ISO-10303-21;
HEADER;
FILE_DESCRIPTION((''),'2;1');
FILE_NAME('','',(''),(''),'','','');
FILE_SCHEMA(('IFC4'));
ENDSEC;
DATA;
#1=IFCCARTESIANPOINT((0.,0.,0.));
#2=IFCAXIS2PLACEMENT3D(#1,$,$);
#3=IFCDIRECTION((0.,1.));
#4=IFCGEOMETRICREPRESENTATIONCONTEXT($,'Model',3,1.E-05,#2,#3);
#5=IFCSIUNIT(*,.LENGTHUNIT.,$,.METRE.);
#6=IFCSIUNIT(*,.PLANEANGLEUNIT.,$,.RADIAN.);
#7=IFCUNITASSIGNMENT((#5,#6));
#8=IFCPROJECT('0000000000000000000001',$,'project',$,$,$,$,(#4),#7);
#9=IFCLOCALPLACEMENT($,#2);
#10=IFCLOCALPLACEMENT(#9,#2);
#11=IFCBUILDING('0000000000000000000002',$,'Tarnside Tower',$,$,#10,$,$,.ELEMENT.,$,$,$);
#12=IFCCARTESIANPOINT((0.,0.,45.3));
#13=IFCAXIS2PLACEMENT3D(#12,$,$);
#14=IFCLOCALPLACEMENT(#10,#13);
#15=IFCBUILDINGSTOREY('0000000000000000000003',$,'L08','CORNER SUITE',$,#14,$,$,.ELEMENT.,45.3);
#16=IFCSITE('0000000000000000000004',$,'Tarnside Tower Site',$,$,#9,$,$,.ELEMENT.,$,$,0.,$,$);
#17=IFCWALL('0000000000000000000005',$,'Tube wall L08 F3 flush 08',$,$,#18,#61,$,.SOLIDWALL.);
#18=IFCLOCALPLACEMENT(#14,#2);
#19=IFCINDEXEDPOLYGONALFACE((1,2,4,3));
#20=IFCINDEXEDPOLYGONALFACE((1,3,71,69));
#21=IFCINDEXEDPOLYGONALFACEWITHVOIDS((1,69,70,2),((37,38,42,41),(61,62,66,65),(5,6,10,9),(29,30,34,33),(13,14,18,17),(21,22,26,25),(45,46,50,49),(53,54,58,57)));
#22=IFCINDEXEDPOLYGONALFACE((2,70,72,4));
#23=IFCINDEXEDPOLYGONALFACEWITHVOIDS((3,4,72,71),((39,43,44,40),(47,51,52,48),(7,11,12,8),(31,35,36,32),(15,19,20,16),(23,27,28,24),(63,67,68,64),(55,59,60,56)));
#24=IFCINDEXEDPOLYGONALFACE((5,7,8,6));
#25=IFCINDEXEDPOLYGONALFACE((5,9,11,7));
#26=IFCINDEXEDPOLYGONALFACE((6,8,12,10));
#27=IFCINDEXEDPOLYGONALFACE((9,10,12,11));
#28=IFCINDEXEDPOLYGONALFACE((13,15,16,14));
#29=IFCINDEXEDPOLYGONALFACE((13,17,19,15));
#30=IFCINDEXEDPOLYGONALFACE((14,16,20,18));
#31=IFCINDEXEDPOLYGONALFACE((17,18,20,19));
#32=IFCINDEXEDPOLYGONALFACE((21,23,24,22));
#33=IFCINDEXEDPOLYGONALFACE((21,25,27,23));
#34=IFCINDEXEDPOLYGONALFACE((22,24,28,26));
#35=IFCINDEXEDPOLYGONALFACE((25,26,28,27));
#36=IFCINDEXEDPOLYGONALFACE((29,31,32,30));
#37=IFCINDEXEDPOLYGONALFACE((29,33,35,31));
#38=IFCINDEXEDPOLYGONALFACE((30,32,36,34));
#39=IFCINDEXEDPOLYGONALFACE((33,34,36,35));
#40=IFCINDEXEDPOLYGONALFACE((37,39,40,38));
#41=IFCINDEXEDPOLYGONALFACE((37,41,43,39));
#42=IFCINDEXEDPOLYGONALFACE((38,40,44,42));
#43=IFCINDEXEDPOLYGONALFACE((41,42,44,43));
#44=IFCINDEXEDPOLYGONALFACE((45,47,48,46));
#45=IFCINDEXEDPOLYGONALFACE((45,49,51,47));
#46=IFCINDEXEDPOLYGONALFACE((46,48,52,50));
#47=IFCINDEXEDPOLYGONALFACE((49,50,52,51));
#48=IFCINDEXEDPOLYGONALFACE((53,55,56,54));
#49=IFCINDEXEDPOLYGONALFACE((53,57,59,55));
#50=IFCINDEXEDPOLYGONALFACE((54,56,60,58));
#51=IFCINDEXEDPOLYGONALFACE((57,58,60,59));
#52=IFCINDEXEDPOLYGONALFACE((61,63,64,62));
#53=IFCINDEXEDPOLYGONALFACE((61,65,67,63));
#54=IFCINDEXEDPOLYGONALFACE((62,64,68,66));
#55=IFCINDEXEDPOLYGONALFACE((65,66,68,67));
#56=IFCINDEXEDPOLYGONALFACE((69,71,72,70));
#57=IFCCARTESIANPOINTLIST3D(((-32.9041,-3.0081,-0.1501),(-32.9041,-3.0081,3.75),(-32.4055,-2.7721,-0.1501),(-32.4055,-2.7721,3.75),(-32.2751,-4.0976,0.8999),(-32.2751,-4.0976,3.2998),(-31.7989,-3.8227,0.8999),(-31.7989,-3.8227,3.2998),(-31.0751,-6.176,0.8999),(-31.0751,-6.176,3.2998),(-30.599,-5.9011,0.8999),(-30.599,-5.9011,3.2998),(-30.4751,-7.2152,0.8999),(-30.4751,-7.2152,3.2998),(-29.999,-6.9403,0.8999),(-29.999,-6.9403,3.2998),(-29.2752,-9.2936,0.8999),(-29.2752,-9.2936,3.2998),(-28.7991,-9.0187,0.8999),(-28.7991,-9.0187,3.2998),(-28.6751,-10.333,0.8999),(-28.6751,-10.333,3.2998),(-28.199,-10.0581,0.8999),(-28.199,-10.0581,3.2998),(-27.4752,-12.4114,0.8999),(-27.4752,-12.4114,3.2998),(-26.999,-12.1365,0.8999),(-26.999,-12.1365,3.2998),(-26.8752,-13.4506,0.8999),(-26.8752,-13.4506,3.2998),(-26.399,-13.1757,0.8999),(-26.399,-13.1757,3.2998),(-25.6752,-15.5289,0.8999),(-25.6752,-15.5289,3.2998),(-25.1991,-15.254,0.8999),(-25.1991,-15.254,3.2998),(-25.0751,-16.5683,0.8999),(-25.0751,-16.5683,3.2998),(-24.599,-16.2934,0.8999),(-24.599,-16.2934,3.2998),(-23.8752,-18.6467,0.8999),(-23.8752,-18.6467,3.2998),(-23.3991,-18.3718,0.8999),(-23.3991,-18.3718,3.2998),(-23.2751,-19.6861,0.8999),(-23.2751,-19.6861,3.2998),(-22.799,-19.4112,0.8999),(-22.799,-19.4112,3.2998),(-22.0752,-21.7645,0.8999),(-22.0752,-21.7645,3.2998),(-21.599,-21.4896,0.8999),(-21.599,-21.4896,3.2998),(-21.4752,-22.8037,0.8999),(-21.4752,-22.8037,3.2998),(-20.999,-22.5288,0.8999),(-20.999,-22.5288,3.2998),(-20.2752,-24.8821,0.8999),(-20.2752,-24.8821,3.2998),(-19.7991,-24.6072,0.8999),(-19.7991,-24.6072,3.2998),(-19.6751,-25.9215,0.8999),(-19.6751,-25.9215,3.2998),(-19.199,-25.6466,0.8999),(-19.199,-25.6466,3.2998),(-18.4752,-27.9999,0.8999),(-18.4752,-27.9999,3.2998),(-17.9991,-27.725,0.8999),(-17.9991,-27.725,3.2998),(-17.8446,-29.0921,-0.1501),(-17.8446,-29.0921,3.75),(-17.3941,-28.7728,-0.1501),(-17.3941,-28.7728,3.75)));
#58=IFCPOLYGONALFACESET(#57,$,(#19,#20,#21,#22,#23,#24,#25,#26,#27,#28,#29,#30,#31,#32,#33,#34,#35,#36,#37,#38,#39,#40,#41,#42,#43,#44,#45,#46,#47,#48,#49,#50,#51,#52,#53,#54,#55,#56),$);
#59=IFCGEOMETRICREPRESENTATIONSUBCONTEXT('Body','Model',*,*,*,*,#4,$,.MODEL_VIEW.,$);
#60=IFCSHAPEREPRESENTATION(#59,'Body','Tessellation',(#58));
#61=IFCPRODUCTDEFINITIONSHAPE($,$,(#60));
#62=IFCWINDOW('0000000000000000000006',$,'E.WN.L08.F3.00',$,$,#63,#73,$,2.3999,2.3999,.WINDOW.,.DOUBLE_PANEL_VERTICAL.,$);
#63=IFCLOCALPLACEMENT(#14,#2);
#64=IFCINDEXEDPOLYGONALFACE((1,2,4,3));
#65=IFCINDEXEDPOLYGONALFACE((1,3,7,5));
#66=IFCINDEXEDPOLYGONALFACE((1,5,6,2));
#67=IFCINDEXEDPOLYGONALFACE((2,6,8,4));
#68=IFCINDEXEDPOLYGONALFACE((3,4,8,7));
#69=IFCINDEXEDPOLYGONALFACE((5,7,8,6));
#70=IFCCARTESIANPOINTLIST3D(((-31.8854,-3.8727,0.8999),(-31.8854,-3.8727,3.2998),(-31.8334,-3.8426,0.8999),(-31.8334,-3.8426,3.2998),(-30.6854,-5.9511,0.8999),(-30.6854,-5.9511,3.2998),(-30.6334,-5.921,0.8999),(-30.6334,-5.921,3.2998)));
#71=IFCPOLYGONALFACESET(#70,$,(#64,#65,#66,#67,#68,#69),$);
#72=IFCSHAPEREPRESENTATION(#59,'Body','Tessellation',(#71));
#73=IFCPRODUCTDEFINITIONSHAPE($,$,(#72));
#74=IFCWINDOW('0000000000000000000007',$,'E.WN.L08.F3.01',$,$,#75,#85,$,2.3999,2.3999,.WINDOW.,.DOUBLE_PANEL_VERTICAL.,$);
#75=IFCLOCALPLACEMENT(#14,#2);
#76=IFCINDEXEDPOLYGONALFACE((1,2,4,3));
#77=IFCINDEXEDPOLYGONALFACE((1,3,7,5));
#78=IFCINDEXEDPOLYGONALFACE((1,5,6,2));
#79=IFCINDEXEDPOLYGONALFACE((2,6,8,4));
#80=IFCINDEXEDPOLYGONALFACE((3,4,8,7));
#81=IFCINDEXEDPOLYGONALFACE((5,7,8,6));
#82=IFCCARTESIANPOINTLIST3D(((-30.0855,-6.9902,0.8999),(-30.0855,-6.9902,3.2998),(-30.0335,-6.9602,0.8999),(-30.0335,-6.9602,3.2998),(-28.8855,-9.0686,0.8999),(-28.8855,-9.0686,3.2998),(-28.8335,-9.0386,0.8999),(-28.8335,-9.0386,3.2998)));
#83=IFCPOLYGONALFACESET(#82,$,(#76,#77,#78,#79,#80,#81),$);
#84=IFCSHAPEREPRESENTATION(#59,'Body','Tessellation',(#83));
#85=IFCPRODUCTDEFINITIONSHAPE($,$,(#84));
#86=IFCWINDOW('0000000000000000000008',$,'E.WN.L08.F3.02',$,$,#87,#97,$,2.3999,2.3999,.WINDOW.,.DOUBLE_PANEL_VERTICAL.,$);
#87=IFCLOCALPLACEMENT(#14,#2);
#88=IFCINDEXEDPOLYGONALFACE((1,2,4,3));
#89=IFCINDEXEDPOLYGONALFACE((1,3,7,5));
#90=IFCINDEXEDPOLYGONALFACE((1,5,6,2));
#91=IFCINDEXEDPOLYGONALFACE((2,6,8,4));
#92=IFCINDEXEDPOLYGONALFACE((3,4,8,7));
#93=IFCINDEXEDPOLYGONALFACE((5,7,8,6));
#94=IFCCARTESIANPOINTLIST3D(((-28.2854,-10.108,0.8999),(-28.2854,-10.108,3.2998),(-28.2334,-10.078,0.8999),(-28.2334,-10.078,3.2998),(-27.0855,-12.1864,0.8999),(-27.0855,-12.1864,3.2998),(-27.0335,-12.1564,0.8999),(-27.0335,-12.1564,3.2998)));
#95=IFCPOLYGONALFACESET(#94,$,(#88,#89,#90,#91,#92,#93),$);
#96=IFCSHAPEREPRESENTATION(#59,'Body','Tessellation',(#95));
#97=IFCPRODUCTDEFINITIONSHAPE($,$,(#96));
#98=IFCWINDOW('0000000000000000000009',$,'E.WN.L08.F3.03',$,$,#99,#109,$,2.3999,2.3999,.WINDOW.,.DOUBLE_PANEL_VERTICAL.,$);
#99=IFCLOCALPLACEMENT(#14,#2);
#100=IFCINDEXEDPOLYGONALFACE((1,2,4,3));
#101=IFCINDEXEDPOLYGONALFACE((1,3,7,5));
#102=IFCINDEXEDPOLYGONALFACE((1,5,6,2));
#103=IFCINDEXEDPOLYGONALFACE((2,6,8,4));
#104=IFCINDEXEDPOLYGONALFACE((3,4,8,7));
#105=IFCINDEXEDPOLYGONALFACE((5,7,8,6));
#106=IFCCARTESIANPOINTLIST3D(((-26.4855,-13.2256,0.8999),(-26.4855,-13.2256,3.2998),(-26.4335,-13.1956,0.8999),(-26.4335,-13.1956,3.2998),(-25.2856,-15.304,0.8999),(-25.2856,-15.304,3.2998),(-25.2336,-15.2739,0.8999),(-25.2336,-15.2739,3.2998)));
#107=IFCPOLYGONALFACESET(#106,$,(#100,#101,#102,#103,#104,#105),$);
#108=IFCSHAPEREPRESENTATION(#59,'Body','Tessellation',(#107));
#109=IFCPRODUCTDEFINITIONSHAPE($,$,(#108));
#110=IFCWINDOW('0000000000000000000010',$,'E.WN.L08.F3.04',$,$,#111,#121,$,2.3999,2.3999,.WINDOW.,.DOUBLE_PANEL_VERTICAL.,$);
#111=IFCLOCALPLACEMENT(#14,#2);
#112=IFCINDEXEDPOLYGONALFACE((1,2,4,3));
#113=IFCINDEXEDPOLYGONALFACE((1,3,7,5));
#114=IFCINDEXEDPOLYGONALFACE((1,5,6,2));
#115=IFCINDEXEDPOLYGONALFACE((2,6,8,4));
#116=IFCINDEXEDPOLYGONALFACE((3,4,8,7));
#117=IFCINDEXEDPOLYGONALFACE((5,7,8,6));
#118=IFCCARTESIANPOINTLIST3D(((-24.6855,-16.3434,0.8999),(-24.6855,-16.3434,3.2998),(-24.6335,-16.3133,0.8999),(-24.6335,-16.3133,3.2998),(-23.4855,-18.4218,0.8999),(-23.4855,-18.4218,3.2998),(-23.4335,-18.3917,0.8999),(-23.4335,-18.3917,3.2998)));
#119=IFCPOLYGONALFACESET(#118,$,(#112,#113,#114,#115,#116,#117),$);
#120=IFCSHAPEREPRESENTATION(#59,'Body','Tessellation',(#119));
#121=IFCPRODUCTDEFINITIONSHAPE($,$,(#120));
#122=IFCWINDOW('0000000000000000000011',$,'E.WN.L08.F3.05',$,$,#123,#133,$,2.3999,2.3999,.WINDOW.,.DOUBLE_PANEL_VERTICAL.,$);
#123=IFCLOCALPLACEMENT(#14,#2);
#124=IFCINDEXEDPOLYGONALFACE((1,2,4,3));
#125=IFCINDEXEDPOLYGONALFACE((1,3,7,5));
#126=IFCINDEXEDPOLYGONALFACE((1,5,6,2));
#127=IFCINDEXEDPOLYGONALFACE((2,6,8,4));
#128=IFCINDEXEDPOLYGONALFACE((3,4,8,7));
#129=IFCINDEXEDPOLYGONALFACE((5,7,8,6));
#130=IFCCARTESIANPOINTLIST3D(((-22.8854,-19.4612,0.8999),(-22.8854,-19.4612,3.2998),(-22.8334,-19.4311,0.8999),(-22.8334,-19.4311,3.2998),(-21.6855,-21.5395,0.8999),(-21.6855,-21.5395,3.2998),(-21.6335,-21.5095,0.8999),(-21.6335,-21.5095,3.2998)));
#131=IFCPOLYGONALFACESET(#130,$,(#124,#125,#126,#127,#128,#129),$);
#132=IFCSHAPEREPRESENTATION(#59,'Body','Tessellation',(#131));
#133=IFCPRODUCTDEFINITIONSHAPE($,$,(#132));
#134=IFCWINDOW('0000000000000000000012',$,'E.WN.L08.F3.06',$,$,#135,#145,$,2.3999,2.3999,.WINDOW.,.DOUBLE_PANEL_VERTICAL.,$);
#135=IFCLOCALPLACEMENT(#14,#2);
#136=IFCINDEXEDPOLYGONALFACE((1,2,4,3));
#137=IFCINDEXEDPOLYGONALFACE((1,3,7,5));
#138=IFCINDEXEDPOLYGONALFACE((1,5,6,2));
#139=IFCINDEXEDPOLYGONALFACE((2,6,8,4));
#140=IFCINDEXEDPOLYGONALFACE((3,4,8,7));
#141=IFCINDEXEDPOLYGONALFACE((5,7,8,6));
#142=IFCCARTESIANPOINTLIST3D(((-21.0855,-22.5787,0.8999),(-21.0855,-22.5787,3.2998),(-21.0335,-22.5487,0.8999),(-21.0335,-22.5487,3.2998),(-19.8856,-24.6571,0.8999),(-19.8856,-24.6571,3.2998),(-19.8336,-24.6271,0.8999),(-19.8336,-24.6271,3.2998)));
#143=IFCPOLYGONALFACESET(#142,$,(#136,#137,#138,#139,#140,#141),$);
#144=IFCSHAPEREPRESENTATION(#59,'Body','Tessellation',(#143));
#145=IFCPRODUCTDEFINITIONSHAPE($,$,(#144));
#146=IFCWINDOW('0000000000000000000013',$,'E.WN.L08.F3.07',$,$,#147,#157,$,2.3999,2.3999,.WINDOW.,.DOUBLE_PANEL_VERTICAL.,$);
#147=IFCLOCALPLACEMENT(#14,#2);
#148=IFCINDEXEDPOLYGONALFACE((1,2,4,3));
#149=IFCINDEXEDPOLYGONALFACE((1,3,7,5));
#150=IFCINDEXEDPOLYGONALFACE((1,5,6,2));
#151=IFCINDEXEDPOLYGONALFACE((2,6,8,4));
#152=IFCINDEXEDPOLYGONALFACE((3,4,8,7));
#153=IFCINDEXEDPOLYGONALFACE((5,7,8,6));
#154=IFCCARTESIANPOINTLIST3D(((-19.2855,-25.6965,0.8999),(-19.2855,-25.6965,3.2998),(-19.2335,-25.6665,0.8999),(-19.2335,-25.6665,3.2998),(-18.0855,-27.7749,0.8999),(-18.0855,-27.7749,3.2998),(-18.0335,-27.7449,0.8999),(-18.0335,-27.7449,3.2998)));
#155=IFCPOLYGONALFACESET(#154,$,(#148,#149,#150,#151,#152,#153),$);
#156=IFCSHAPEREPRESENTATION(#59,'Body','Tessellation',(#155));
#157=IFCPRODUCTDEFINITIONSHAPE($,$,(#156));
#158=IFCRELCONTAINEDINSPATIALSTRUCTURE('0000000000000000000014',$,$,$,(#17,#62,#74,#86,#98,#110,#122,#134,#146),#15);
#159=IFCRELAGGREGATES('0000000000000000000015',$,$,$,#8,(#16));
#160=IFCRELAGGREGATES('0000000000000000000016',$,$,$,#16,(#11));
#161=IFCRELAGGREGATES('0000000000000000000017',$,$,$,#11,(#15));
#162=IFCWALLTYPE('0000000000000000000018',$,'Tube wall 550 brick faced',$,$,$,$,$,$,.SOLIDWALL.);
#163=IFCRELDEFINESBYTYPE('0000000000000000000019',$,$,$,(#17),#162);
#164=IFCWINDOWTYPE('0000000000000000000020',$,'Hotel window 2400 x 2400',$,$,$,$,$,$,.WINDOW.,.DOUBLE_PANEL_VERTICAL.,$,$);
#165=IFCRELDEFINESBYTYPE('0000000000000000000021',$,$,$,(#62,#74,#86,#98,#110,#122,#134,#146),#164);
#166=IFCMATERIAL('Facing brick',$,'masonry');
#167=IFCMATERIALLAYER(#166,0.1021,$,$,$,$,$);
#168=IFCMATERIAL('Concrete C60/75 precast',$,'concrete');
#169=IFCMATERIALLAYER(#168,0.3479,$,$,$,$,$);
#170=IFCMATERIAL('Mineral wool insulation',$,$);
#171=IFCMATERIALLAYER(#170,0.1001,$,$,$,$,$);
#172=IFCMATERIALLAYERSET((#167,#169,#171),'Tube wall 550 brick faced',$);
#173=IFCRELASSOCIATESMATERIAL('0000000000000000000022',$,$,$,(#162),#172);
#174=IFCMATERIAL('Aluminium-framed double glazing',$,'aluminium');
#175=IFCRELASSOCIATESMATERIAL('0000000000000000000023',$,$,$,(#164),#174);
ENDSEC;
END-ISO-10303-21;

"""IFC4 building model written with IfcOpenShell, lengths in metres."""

from ifc_helpers import new_model, si_unit, direction, frame, frame_2d, origin, place, context, subcontext, project, spatial, polyline, rectangle, outline, extrude, material, layer, layer_set, type_object, element, fill, save


model = new_model("IFC4")

# Units and contexts
model_context = context("Model", 3, precision=1e-05, world=origin(), true_north=direction((0.0, 1.0)))
body_context = subcontext(model_context, "Body", "Model", "MODEL_VIEW")
ifc_project = project(units=[si_unit("LENGTHUNIT", "METRE"), si_unit("PLANEANGLEUNIT", "RADIAN")], contexts=[model_context])

# Site, building, storey
site_placement = place(None, origin())
site = spatial("IfcSite", under=ifc_project, at=site_placement, Name="Tarnside Tower Site", CompositionType="ELEMENT", RefElevation=0.0)
building_placement = place(site_placement, origin())
building = spatial("IfcBuilding", under=site, at=building_placement, Name="Tarnside Tower", CompositionType="ELEMENT")
storey_placement = place(building_placement, frame((0.0, 0.0, 45.3)))
storey = spatial("IfcBuildingStorey", under=building, at=storey_placement, Name="L08", Description="CORNER SUITE", CompositionType="ELEMENT", Elevation=45.3)

# Shared definitions
ifc_material_1 = material(Name="Facing brick", Category="masonry")
ifc_layer_1 = layer(ifc_material_1, 0.1021)
ifc_material_2 = material(Name="Concrete C60/75 precast", Category="concrete")
ifc_layer_2 = layer(ifc_material_2, 0.3479)
ifc_material_3 = material(Name="Mineral wool insulation")
ifc_layer_3 = layer(ifc_material_3, 0.1001)
ifc_layer_set_1 = layer_set([ifc_layer_1, ifc_layer_2, ifc_layer_3], Name="Tube wall 550 brick faced")
wall_type_1 = type_object("IfcWallType", Name="Tube wall 550 brick faced", PredefinedType="SOLIDWALL", material=ifc_layer_set_1)

# Wall, openings, windows
wall_1_placement = place(storey_placement, frame((-32.6548, -2.8901, -0.1501), z_axis=(0.0, 0.0, 1.0), x_axis=(0.499998, -0.866027, 0.0)))
wall_1 = element("IfcWall", 1, at=wall_1_placement, inside=storey, type_object=wall_type_1, Name="Tube wall L08 F3 flush 08", PredefinedType="SOLIDWALL", context=body_context, shape_type="SweptSolid", body=[
    extrude(outline(polyline([(-0.0225, -0.2749), (30.0967, -0.2749), (30.0454, 0.2749), (0.0225, 0.2749), (-0.0225, -0.2749)])), origin(), (0.0, 0.0, 1.0), 3.9001),
])
opening_1_placement = place(wall_1_placement, frame((1.2356, 0.0, 1.05)))
opening_1 = element("IfcOpeningElement", 2, at=opening_1_placement, cuts=wall_1, PredefinedType="OPENING", context=body_context, shape_type="SweptSolid", body=[
    extrude(rectangle(XDim=2.3999, YDim=2.3999, at=frame_2d((1.2, 1.2))), frame((0.0, 0.2852, 0.0), z_axis=(0.0, -1.0, 0.0), x_axis=(1.0, 0.0, 0.0)), (0.0, 0.0, 1.0), 0.5701),
])
opening_2_placement = place(wall_1_placement, frame((4.8354, 0.0, 1.05)))
opening_2 = element("IfcOpeningElement", 3, at=opening_2_placement, cuts=wall_1, PredefinedType="OPENING", context=body_context, shape_type="SweptSolid", body=[
    extrude(rectangle(XDim=2.3999, YDim=2.3999, at=frame_2d((1.2, 1.2))), frame((0.0, 0.2852, 0.0), z_axis=(0.0, -1.0, 0.0), x_axis=(1.0, 0.0, 0.0)), (0.0, 0.0, 1.0), 0.5701),
])
opening_3_placement = place(wall_1_placement, frame((8.4355, 0.0, 1.05)))
opening_3 = element("IfcOpeningElement", 4, at=opening_3_placement, cuts=wall_1, PredefinedType="OPENING", context=body_context, shape_type="SweptSolid", body=[
    extrude(rectangle(XDim=2.3999, YDim=2.3999, at=frame_2d((1.2, 1.2))), frame((0.0, 0.2852, 0.0), z_axis=(0.0, -1.0, 0.0), x_axis=(1.0, 0.0, 0.0)), (0.0, 0.0, 1.0), 0.5701),
])
opening_4_placement = place(wall_1_placement, frame((12.0354, 0.0, 1.05)))
opening_4 = element("IfcOpeningElement", 5, at=opening_4_placement, cuts=wall_1, PredefinedType="OPENING", context=body_context, shape_type="SweptSolid", body=[
    extrude(rectangle(XDim=2.3999, YDim=2.3999, at=frame_2d((1.2, 1.2))), frame((0.0, 0.2852, 0.0), z_axis=(0.0, -1.0, 0.0), x_axis=(1.0, 0.0, 0.0)), (0.0, 0.0, 1.0), 0.5701),
])
opening_5_placement = place(wall_1_placement, frame((15.6355, 0.0, 1.05)))
opening_5 = element("IfcOpeningElement", 6, at=opening_5_placement, cuts=wall_1, PredefinedType="OPENING", context=body_context, shape_type="SweptSolid", body=[
    extrude(rectangle(XDim=2.3999, YDim=2.3999, at=frame_2d((1.2, 1.2))), frame((0.0, 0.2852, 0.0), z_axis=(0.0, -1.0, 0.0), x_axis=(1.0, 0.0, 0.0)), (0.0, 0.0, 1.0), 0.5701),
])
opening_6_placement = place(wall_1_placement, frame((19.2356, 0.0, 1.05)))
opening_6 = element("IfcOpeningElement", 7, at=opening_6_placement, cuts=wall_1, PredefinedType="OPENING", context=body_context, shape_type="SweptSolid", body=[
    extrude(rectangle(XDim=2.3999, YDim=2.3999, at=frame_2d((1.2, 1.2))), frame((0.0, 0.2852, 0.0), z_axis=(0.0, -1.0, 0.0), x_axis=(1.0, 0.0, 0.0)), (0.0, 0.0, 1.0), 0.5701),
])
opening_7_placement = place(wall_1_placement, frame((22.8354, 0.0, 1.05)))
opening_7 = element("IfcOpeningElement", 8, at=opening_7_placement, cuts=wall_1, PredefinedType="OPENING", context=body_context, shape_type="SweptSolid", body=[
    extrude(rectangle(XDim=2.3999, YDim=2.3999, at=frame_2d((1.2, 1.2))), frame((0.0, 0.2852, 0.0), z_axis=(0.0, -1.0, 0.0), x_axis=(1.0, 0.0, 0.0)), (0.0, 0.0, 1.0), 0.5701),
])
opening_8_placement = place(wall_1_placement, frame((26.4355, 0.0, 1.05)))
opening_8 = element("IfcOpeningElement", 9, at=opening_8_placement, cuts=wall_1, PredefinedType="OPENING", context=body_context, shape_type="SweptSolid", body=[
    extrude(rectangle(XDim=2.3999, YDim=2.3999, at=frame_2d((1.2, 1.2))), frame((0.0, 0.2852, 0.0), z_axis=(0.0, -1.0, 0.0), x_axis=(1.0, 0.0, 0.0)), (0.0, 0.0, 1.0), 0.5701),
])
ifc_material_4 = material(Name="Aluminium-framed double glazing", Category="aluminium")
window_type = type_object("IfcWindowType", Name="Hotel window 2400 x 2400", PartitioningType="DOUBLE_PANEL_VERTICAL", PredefinedType="WINDOW", material=ifc_material_4)
window_1_placement = place(opening_1_placement, frame((0.0, 0.2051, 0.0)))
window_1 = element("IfcWindow", 10, at=window_1_placement, inside=storey, type_object=window_type, Name="E.WN.L08.F3.00", OverallHeight=2.3999, OverallWidth=2.3999, PartitioningType="DOUBLE_PANEL_VERTICAL", PredefinedType="WINDOW", context=body_context, shape_type="SweptSolid", body=[
    extrude(rectangle(XDim=2.3999, YDim=2.3999, at=frame_2d((1.2, 1.2))), frame((0.0, 0.03, 0.0), z_axis=(0.0, -1.0, 0.0), x_axis=(1.0, 0.0, 0.0)), (0.0, 0.0, 1.0), 0.0601),
])
fill(opening_1, window_1)
window_2_placement = place(opening_2_placement, frame((0.0, 0.2051, 0.0)))
window_2 = element("IfcWindow", 11, at=window_2_placement, inside=storey, type_object=window_type, Name="E.WN.L08.F3.01", OverallHeight=2.3999, OverallWidth=2.3999, PartitioningType="DOUBLE_PANEL_VERTICAL", PredefinedType="WINDOW", context=body_context, shape_type="SweptSolid", body=[
    extrude(rectangle(XDim=2.3999, YDim=2.3999, at=frame_2d((1.2, 1.2))), frame((0.0, 0.03, 0.0), z_axis=(0.0, -1.0, 0.0), x_axis=(1.0, 0.0, 0.0)), (0.0, 0.0, 1.0), 0.0601),
])
fill(opening_2, window_2)
window_3_placement = place(opening_3_placement, frame((0.0, 0.2051, 0.0)))
window_3 = element("IfcWindow", 12, at=window_3_placement, inside=storey, type_object=window_type, Name="E.WN.L08.F3.02", OverallHeight=2.3999, OverallWidth=2.3999, PartitioningType="DOUBLE_PANEL_VERTICAL", PredefinedType="WINDOW", context=body_context, shape_type="SweptSolid", body=[
    extrude(rectangle(XDim=2.3999, YDim=2.3999, at=frame_2d((1.2, 1.2))), frame((0.0, 0.03, 0.0), z_axis=(0.0, -1.0, 0.0), x_axis=(1.0, 0.0, 0.0)), (0.0, 0.0, 1.0), 0.0601),
])
fill(opening_3, window_3)
window_4_placement = place(opening_4_placement, frame((0.0, 0.2051, 0.0)))
window_4 = element("IfcWindow", 13, at=window_4_placement, inside=storey, type_object=window_type, Name="E.WN.L08.F3.03", OverallHeight=2.3999, OverallWidth=2.3999, PartitioningType="DOUBLE_PANEL_VERTICAL", PredefinedType="WINDOW", context=body_context, shape_type="SweptSolid", body=[
    extrude(rectangle(XDim=2.3999, YDim=2.3999, at=frame_2d((1.2, 1.2))), frame((0.0, 0.03, 0.0), z_axis=(0.0, -1.0, 0.0), x_axis=(1.0, 0.0, 0.0)), (0.0, 0.0, 1.0), 0.0601),
])
fill(opening_4, window_4)
window_5_placement = place(opening_5_placement, frame((0.0, 0.2051, 0.0)))
window_5 = element("IfcWindow", 14, at=window_5_placement, inside=storey, type_object=window_type, Name="E.WN.L08.F3.04", OverallHeight=2.3999, OverallWidth=2.3999, PartitioningType="DOUBLE_PANEL_VERTICAL", PredefinedType="WINDOW", context=body_context, shape_type="SweptSolid", body=[
    extrude(rectangle(XDim=2.3999, YDim=2.3999, at=frame_2d((1.2, 1.2))), frame((0.0, 0.03, 0.0), z_axis=(0.0, -1.0, 0.0), x_axis=(1.0, 0.0, 0.0)), (0.0, 0.0, 1.0), 0.0601),
])
fill(opening_5, window_5)
window_6_placement = place(opening_6_placement, frame((0.0, 0.2051, 0.0)))
window_6 = element("IfcWindow", 15, at=window_6_placement, inside=storey, type_object=window_type, Name="E.WN.L08.F3.05", OverallHeight=2.3999, OverallWidth=2.3999, PartitioningType="DOUBLE_PANEL_VERTICAL", PredefinedType="WINDOW", context=body_context, shape_type="SweptSolid", body=[
    extrude(rectangle(XDim=2.3999, YDim=2.3999, at=frame_2d((1.2, 1.2))), frame((0.0, 0.03, 0.0), z_axis=(0.0, -1.0, 0.0), x_axis=(1.0, 0.0, 0.0)), (0.0, 0.0, 1.0), 0.0601),
])
fill(opening_6, window_6)
window_7_placement = place(opening_7_placement, frame((0.0, 0.2051, 0.0)))
window_7 = element("IfcWindow", 16, at=window_7_placement, inside=storey, type_object=window_type, Name="E.WN.L08.F3.06", OverallHeight=2.3999, OverallWidth=2.3999, PartitioningType="DOUBLE_PANEL_VERTICAL", PredefinedType="WINDOW", context=body_context, shape_type="SweptSolid", body=[
    extrude(rectangle(XDim=2.3999, YDim=2.3999, at=frame_2d((1.2, 1.2))), frame((0.0, 0.03, 0.0), z_axis=(0.0, -1.0, 0.0), x_axis=(1.0, 0.0, 0.0)), (0.0, 0.0, 1.0), 0.0601),
])
fill(opening_7, window_7)
window_8_placement = place(opening_8_placement, frame((0.0, 0.2051, 0.0)))
window_8 = element("IfcWindow", 17, at=window_8_placement, inside=storey, type_object=window_type, Name="E.WN.L08.F3.07", OverallHeight=2.3999, OverallWidth=2.3999, PartitioningType="DOUBLE_PANEL_VERTICAL", PredefinedType="WINDOW", context=body_context, shape_type="SweptSolid", body=[
    extrude(rectangle(XDim=2.3999, YDim=2.3999, at=frame_2d((1.2, 1.2))), frame((0.0, 0.03, 0.0), z_axis=(0.0, -1.0, 0.0), x_axis=(1.0, 0.0, 0.0)), (0.0, 0.0, 1.0), 0.0601),
])
fill(opening_8, window_8)

save(model, "model.ifc")
